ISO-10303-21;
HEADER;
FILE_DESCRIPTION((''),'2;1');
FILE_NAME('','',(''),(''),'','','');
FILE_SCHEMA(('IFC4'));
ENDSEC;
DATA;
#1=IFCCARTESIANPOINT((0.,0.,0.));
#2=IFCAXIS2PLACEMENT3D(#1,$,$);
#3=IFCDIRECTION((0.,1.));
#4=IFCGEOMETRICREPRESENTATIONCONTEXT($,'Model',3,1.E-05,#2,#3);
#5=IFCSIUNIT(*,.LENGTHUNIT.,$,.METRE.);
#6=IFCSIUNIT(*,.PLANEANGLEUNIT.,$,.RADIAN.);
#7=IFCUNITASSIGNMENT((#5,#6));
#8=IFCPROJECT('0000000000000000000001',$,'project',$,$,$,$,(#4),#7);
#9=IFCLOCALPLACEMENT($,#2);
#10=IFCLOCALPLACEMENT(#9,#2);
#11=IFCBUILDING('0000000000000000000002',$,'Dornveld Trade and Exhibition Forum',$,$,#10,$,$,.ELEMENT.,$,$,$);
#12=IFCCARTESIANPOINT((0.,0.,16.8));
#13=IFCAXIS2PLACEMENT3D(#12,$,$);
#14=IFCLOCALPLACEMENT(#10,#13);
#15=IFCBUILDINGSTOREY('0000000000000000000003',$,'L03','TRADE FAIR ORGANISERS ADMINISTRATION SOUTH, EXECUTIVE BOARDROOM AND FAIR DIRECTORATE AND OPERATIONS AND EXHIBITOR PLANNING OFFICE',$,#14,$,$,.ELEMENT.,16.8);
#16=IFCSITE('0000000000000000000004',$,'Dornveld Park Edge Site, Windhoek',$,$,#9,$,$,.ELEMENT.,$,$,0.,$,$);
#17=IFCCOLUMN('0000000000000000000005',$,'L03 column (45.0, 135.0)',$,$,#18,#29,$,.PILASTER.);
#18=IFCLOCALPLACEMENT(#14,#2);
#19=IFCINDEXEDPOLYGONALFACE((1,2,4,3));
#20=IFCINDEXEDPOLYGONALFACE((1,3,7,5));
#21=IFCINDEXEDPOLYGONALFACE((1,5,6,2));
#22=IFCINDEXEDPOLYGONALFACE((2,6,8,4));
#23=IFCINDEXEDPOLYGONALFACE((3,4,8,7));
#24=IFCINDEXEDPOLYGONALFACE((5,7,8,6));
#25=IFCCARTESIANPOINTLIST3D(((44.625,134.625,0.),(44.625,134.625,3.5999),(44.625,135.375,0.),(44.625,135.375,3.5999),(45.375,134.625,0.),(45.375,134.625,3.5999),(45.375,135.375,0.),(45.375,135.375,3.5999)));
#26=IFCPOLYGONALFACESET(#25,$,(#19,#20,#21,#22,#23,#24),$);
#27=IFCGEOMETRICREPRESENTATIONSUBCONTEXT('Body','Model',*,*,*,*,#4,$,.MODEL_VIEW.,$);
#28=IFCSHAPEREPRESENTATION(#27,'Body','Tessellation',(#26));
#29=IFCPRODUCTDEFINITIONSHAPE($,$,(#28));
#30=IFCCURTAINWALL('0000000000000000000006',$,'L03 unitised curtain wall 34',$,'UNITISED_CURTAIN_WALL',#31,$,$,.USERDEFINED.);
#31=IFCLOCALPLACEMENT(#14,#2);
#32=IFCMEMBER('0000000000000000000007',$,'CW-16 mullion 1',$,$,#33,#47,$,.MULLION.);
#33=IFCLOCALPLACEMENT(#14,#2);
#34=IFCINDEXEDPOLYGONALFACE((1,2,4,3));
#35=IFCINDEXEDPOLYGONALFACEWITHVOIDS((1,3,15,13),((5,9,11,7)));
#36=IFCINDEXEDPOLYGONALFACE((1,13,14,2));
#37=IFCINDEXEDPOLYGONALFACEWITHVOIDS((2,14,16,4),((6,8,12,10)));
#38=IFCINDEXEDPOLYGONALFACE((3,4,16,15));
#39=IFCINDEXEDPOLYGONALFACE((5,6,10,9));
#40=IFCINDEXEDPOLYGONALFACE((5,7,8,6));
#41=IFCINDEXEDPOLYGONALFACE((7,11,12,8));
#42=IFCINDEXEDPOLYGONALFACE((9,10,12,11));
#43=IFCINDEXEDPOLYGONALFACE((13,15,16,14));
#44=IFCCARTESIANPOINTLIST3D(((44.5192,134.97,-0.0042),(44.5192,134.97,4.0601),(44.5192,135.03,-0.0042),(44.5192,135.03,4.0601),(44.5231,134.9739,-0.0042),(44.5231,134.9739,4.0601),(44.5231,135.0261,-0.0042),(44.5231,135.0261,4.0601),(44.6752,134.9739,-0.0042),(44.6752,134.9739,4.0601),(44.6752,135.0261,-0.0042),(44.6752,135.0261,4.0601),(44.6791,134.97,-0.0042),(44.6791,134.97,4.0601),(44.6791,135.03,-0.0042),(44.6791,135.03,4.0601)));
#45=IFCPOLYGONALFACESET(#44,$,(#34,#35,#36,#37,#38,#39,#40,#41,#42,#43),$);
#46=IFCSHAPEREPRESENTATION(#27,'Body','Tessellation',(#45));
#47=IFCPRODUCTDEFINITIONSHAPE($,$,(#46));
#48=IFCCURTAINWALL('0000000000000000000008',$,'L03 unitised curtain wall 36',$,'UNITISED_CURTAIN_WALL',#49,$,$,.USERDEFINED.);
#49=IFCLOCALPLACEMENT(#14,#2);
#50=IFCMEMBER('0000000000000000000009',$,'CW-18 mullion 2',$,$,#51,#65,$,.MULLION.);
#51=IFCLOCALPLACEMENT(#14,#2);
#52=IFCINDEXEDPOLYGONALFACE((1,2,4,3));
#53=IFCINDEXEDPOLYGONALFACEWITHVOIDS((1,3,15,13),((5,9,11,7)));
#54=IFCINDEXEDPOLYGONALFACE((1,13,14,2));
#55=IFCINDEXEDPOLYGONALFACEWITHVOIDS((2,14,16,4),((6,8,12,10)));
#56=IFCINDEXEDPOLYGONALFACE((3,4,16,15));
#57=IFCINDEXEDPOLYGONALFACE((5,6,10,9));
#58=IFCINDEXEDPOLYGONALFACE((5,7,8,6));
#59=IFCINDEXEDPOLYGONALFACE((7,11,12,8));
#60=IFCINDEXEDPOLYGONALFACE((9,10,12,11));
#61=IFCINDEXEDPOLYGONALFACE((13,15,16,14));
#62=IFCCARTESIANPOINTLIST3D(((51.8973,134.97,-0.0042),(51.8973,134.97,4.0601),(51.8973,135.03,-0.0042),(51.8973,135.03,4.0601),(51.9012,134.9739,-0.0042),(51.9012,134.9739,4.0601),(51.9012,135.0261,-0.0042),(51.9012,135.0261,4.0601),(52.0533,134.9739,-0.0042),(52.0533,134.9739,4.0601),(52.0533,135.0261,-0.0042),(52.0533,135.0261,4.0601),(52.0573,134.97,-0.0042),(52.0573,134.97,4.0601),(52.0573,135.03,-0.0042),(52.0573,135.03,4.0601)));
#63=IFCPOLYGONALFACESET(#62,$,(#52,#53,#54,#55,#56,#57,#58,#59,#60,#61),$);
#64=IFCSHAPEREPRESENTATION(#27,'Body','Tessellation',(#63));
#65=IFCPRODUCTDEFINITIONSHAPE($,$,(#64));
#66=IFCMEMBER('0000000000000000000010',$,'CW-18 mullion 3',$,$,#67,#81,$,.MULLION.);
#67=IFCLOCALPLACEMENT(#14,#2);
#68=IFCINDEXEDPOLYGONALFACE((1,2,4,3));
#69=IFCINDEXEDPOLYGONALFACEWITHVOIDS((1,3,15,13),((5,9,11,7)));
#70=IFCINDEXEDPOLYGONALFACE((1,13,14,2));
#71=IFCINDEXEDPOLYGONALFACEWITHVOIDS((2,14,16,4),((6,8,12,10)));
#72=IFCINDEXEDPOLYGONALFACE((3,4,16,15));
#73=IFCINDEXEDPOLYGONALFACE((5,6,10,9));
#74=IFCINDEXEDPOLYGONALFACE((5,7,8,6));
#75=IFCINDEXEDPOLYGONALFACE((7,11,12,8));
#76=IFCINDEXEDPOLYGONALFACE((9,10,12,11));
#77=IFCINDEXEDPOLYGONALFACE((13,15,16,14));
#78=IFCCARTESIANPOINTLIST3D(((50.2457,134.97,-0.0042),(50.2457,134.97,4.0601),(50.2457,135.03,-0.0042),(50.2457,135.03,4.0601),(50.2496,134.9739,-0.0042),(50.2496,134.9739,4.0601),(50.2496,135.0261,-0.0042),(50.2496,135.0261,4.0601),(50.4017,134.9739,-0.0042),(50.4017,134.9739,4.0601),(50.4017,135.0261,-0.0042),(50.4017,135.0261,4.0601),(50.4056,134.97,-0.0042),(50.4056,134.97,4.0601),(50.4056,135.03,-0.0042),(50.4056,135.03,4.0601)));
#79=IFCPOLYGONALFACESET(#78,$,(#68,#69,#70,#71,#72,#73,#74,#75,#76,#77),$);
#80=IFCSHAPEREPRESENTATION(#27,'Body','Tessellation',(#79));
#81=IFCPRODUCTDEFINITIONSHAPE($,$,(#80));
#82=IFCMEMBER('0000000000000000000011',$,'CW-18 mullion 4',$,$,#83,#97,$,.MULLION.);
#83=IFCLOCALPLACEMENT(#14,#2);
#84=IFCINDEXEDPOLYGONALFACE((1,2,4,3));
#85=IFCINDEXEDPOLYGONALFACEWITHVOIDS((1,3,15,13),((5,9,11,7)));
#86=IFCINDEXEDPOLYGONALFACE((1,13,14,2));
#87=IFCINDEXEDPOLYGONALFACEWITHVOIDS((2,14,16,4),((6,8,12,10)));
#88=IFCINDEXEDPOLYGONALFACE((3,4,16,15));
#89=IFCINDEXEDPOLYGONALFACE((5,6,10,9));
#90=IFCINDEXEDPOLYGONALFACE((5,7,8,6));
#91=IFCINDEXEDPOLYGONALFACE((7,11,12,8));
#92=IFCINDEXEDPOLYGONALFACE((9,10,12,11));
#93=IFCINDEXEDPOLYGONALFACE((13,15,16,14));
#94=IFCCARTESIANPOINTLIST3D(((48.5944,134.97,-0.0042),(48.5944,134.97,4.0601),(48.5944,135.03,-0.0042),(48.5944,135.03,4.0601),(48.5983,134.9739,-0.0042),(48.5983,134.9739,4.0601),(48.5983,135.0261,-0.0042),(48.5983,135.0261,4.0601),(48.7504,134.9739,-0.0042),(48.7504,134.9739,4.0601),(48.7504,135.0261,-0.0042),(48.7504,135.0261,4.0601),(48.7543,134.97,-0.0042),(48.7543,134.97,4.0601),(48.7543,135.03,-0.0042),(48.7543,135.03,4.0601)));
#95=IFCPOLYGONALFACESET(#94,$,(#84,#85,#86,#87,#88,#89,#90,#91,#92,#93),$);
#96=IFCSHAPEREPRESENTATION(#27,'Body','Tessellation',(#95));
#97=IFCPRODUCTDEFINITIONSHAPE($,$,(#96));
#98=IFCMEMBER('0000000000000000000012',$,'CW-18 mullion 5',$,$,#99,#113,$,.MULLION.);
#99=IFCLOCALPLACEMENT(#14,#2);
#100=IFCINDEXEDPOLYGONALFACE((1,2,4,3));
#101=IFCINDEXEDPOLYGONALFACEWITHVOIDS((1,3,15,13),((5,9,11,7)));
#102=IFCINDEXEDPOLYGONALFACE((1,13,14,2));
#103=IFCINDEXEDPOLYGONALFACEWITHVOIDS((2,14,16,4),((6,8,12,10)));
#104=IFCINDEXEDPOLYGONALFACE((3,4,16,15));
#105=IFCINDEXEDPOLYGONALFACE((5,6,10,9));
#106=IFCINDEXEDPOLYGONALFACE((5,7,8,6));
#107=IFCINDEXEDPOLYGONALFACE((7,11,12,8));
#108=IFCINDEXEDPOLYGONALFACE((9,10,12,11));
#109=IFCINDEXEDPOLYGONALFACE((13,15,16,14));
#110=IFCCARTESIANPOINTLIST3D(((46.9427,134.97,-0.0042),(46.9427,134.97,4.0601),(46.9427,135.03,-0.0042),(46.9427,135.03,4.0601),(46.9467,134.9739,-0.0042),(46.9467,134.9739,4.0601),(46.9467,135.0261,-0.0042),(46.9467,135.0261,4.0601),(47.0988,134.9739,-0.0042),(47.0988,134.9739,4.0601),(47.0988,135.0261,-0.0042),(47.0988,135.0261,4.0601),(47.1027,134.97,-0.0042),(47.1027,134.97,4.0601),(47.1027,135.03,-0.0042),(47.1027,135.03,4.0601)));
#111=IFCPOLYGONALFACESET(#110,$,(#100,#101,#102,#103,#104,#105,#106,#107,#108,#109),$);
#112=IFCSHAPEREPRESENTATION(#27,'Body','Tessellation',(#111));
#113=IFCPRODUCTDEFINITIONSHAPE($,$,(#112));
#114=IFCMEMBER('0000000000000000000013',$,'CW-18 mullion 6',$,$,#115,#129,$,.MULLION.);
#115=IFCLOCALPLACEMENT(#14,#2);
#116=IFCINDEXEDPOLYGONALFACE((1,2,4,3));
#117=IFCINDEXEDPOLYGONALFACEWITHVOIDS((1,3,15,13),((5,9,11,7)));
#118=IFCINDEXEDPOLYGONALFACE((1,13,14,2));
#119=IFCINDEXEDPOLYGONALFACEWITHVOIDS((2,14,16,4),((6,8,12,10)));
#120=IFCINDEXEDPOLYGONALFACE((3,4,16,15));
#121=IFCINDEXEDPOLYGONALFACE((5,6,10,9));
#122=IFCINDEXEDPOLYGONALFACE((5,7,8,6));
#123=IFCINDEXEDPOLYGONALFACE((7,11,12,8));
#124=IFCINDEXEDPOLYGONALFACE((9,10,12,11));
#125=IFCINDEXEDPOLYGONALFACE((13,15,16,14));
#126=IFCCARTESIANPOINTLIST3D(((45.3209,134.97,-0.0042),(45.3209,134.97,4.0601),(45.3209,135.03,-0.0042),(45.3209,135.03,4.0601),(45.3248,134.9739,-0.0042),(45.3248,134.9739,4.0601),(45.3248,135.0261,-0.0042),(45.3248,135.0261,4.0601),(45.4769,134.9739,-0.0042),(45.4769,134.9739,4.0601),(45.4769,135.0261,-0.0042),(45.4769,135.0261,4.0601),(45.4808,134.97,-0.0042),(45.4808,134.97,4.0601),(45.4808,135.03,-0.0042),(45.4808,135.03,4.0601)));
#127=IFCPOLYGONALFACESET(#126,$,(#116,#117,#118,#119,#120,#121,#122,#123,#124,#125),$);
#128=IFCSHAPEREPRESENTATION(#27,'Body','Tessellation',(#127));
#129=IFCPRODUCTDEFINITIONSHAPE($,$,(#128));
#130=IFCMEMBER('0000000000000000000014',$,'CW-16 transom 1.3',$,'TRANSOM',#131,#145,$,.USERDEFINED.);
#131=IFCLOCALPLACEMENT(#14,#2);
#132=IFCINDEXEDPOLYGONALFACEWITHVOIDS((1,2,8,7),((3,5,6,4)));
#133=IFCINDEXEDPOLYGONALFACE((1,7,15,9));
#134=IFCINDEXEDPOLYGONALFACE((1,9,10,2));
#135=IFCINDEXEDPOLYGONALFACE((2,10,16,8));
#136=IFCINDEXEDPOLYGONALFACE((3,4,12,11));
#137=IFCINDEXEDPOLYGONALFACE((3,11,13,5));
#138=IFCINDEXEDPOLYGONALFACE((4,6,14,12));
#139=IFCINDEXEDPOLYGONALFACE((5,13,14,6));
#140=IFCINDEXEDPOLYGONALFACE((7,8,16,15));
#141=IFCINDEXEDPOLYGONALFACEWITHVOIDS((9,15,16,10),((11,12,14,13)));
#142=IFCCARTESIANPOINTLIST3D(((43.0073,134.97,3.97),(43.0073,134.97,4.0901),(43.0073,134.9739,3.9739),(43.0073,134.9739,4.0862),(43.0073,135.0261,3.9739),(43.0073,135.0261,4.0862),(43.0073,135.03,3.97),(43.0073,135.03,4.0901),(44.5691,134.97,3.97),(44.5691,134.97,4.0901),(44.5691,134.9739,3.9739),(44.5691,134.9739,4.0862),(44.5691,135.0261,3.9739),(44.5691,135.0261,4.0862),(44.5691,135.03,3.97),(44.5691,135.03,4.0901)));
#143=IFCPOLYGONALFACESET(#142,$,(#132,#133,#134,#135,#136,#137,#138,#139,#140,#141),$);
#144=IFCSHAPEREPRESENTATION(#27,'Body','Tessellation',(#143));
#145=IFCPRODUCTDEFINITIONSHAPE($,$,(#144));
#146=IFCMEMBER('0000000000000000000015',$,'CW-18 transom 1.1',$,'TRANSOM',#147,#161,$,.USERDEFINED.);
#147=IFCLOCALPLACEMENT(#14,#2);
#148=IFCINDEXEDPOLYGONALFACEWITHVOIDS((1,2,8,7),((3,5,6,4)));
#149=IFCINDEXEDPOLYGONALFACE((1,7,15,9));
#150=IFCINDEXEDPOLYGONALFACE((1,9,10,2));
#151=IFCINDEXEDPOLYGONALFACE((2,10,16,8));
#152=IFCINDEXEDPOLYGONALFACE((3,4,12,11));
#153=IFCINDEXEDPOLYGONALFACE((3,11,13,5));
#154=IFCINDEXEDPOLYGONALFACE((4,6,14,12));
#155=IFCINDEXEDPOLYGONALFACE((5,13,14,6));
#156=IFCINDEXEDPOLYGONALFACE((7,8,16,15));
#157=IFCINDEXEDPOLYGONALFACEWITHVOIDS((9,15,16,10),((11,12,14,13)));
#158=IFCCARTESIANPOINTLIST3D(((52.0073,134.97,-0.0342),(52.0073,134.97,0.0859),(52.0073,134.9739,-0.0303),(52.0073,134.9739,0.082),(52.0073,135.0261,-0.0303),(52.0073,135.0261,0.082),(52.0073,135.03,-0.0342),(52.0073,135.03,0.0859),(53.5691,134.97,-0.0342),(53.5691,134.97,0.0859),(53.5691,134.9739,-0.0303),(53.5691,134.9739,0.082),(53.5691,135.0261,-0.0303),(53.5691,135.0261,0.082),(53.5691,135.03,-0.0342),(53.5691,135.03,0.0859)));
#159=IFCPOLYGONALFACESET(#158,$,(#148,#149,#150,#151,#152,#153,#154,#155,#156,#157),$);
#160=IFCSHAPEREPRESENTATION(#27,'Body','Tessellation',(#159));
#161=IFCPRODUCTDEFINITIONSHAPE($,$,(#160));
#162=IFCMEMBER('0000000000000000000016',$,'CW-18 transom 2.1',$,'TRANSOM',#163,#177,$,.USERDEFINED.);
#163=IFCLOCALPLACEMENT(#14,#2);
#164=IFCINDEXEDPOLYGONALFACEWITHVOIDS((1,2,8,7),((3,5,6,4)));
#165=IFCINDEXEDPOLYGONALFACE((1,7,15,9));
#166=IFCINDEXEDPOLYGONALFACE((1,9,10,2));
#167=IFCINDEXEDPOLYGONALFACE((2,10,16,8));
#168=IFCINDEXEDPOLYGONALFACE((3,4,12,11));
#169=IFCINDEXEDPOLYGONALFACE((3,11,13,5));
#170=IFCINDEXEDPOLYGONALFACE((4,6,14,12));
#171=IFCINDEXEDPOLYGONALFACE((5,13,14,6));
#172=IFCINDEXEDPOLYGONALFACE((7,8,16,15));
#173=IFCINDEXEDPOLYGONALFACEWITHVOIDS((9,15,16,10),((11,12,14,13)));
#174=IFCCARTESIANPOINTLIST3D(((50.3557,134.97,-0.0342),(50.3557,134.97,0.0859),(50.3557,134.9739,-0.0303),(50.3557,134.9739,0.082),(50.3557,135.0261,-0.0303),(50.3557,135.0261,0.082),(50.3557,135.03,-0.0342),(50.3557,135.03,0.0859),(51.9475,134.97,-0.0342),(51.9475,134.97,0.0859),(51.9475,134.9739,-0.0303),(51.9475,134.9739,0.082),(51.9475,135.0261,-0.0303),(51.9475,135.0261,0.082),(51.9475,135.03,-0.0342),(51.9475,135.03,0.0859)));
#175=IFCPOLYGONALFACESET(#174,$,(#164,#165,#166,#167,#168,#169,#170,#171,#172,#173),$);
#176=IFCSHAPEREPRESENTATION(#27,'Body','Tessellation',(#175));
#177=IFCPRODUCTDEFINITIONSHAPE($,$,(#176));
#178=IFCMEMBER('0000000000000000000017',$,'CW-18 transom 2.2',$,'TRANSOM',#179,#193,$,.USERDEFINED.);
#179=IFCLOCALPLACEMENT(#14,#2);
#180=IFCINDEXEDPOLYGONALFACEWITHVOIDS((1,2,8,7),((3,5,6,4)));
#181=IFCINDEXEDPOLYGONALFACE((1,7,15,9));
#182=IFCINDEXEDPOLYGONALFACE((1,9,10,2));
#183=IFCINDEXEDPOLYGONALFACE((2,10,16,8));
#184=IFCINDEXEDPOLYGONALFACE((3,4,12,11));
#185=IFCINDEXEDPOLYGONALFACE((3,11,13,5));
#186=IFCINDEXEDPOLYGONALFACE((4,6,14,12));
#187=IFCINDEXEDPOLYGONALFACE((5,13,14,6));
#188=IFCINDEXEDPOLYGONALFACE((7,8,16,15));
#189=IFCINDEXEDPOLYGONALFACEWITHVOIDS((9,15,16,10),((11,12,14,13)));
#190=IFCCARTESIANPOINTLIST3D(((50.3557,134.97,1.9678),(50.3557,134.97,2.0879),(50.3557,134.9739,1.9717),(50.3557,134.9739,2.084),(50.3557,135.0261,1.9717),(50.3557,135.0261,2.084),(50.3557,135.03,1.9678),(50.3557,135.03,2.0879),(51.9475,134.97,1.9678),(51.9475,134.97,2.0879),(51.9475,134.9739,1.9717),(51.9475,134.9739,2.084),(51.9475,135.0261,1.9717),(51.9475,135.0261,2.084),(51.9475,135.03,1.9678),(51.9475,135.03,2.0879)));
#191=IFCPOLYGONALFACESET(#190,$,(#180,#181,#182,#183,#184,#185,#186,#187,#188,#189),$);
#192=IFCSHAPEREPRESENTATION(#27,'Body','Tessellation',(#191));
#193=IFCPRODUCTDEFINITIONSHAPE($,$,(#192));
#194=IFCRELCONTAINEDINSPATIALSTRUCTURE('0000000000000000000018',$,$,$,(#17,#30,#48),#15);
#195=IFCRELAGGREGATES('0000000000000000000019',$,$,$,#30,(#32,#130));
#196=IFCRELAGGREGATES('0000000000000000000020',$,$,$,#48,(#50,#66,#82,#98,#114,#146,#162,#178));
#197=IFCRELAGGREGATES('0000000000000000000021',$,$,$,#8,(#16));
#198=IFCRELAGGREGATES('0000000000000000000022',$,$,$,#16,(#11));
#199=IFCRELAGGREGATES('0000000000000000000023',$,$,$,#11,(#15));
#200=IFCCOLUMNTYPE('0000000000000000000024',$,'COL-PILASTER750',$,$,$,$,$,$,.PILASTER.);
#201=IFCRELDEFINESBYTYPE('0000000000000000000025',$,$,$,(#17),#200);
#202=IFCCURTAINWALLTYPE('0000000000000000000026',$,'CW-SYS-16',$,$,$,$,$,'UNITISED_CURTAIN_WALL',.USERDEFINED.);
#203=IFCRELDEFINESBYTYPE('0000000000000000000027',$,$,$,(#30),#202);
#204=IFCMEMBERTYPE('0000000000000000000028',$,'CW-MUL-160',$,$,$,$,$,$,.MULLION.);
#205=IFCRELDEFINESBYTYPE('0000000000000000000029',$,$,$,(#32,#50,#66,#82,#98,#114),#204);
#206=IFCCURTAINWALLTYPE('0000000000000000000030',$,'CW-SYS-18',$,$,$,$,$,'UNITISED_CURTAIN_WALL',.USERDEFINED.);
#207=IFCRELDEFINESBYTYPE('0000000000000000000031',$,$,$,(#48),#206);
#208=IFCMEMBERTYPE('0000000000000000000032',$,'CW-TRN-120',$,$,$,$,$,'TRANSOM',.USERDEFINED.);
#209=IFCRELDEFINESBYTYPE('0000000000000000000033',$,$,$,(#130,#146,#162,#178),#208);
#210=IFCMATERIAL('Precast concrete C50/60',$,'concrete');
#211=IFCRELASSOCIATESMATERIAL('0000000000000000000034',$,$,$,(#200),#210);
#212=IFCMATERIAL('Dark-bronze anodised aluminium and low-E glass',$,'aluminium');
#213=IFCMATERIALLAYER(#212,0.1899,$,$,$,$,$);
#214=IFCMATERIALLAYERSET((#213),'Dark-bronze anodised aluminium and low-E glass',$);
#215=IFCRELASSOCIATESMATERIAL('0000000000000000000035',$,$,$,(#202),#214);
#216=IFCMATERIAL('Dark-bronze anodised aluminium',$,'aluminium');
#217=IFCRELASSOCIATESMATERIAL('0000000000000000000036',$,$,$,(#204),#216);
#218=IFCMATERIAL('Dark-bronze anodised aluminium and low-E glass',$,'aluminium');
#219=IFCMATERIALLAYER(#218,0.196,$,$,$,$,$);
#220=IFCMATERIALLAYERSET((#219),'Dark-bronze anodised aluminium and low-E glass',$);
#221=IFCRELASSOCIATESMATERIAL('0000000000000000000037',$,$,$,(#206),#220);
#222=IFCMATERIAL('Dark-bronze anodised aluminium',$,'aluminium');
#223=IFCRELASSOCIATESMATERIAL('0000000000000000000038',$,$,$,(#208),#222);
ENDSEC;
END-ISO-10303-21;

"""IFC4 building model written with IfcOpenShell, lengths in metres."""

from ifc_helpers import new_model, si_unit, direction, frame, origin, origin_2d, place, context, subcontext, project, spatial, rectangle, hollow_rectangle, extrude, material, layer, layer_set, material_profile, profile_set, type_object, element, aggregate, save


model = new_model("IFC4")

# Units and contexts
model_context = context("Model", 3, precision=1e-05, world=origin(), true_north=direction((0.0, 1.0)))
body_context = subcontext(model_context, "Body", "Model", "MODEL_VIEW")
ifc_project = project(units=[si_unit("LENGTHUNIT", "METRE"), si_unit("PLANEANGLEUNIT", "RADIAN")], contexts=[model_context])

# Site, building, storey
site_placement = place(None, origin())
site = spatial("IfcSite", under=ifc_project, at=site_placement, Name="Dornveld Park Edge Site, Windhoek", CompositionType="ELEMENT", RefElevation=0.0)
building_placement = place(site_placement, origin())
building = spatial("IfcBuilding", under=site, at=building_placement, Name="Dornveld Trade and Exhibition Forum", CompositionType="ELEMENT")
storey_placement = place(building_placement, frame((0.0, 0.0, 16.8)))
storey = spatial("IfcBuildingStorey", under=building, at=storey_placement, Name="L03", Description="TRADE FAIR ORGANISERS ADMINISTRATION SOUTH, EXECUTIVE BOARDROOM AND FAIR DIRECTORATE AND OPERATIONS AND EXHIBITOR PLANNING OFFICE", CompositionType="ELEMENT", Elevation=16.8)

# Column
ifc_material_1 = material(Name="Precast concrete C50/60", Category="concrete")
ifc_material_profile_1 = material_profile(ifc_material_1, rectangle(XDim=0.75, YDim=0.75, at=origin_2d()), Name="PC-COL 750x750")
ifc_profile_set_1 = profile_set([ifc_material_profile_1], Name="Precast concrete C50/60")
column_type = type_object("IfcColumnType", Name="COL-PILASTER750", PredefinedType="PILASTER", material=ifc_profile_set_1)
column_placement = place(storey_placement, frame((45.0, 135.0, 0.0), z_axis=(0.0, 0.0, 1.0), x_axis=(1.0, 0.0, 0.0)))
element("IfcColumn", 1, at=column_placement, inside=storey, type_object=column_type, Name="L03 column (45.0, 135.0)", PredefinedType="PILASTER", context=body_context, shape_type="SweptSolid", body=[
    extrude(rectangle(XDim=0.75, YDim=0.75, at=origin_2d()), origin(), (0.0, 0.0, 1.0), 3.5999),
])

# Curtain wall, member
ifc_material_2 = material(Name="Dark-bronze anodised aluminium and low-E glass", Category="aluminium")
ifc_layer_1 = layer(ifc_material_2, 0.1899)
ifc_layer_set_1 = layer_set([ifc_layer_1], Name="Dark-bronze anodised aluminium and low-E glass")
curtain_wall_type_1 = type_object("IfcCurtainWallType", Name="CW-SYS-16", ElementType="UNITISED_CURTAIN_WALL", PredefinedType="USERDEFINED", material=ifc_layer_set_1)
curtain_wall_1_placement = place(storey_placement, origin())
curtain_wall_1 = element("IfcCurtainWall", 2, at=curtain_wall_1_placement, inside=storey, type_object=curtain_wall_type_1, Name="L03 unitised curtain wall 34", ObjectType="UNITISED_CURTAIN_WALL", PredefinedType="USERDEFINED")
ifc_material_3 = material(Name="Dark-bronze anodised aluminium", Category="aluminium")
ifc_material_profile_2 = material_profile(ifc_material_3, hollow_rectangle(XDim=0.0601, YDim=0.1599, WallThickness=0.0039, at=origin_2d()), Name="RHS 160x60x4")
ifc_profile_set_2 = profile_set([ifc_material_profile_2], Name="Dark-bronze anodised aluminium")
member_type_1 = type_object("IfcMemberType", Name="CW-MUL-160", PredefinedType="MULLION", material=ifc_profile_set_2)
member_1_placement = place(storey_placement, frame((44.5991, 135.0, -0.0042), z_axis=(0.0, 0.0, 1.0), x_axis=(0.0, -1.0, 0.0)))
member_1 = element("IfcMember", 3, at=member_1_placement, type_object=member_type_1, Name="CW-16 mullion 1", PredefinedType="MULLION", context=body_context, shape_type="SweptSolid", body=[
    extrude(hollow_rectangle(XDim=0.0601, YDim=0.1599, WallThickness=0.0039, at=origin_2d()), origin(), (0.0, 0.0, 1.0), 4.0642),
])

# Curtain wall, members
ifc_material_4 = material(Name="Dark-bronze anodised aluminium and low-E glass", Category="aluminium")
ifc_layer_2 = layer(ifc_material_4, 0.196)
ifc_layer_set_2 = layer_set([ifc_layer_2], Name="Dark-bronze anodised aluminium and low-E glass")
curtain_wall_type_2 = type_object("IfcCurtainWallType", Name="CW-SYS-18", ElementType="UNITISED_CURTAIN_WALL", PredefinedType="USERDEFINED", material=ifc_layer_set_2)
curtain_wall_2_placement = place(storey_placement, origin())
curtain_wall_2 = element("IfcCurtainWall", 4, at=curtain_wall_2_placement, inside=storey, type_object=curtain_wall_type_2, Name="L03 unitised curtain wall 36", ObjectType="UNITISED_CURTAIN_WALL", PredefinedType="USERDEFINED")
member_2_placement = place(storey_placement, frame((51.9773, 135.0, -0.0042), z_axis=(0.0, 0.0, 1.0), x_axis=(0.0, -1.0, 0.0)))
member_2 = element("IfcMember", 5, at=member_2_placement, type_object=member_type_1, Name="CW-18 mullion 2", PredefinedType="MULLION", context=body_context, shape_type="SweptSolid", body=[
    extrude(hollow_rectangle(XDim=0.0601, YDim=0.1599, WallThickness=0.0039, at=origin_2d()), origin(), (0.0, 0.0, 1.0), 4.0642),
])
member_3_placement = place(storey_placement, frame((50.3257, 135.0, -0.0042), z_axis=(0.0, 0.0, 1.0), x_axis=(0.0, -1.0, 0.0)))
member_3 = element("IfcMember", 6, at=member_3_placement, type_object=member_type_1, Name="CW-18 mullion 3", PredefinedType="MULLION", context=body_context, shape_type="SweptSolid", body=[
    extrude(hollow_rectangle(XDim=0.0601, YDim=0.1599, WallThickness=0.0039, at=origin_2d()), origin(), (0.0, 0.0, 1.0), 4.0642),
])
member_4_placement = place(storey_placement, frame((48.6743, 135.0, -0.0042), z_axis=(0.0, 0.0, 1.0), x_axis=(0.0, -1.0, 0.0)))
member_4 = element("IfcMember", 7, at=member_4_placement, type_object=member_type_1, Name="CW-18 mullion 4", PredefinedType="MULLION", context=body_context, shape_type="SweptSolid", body=[
    extrude(hollow_rectangle(XDim=0.0601, YDim=0.1599, WallThickness=0.0039, at=origin_2d()), origin(), (0.0, 0.0, 1.0), 4.0642),
])
member_5_placement = place(storey_placement, frame((47.0227, 135.0, -0.0042), z_axis=(0.0, 0.0, 1.0), x_axis=(0.0, -1.0, 0.0)))
member_5 = element("IfcMember", 8, at=member_5_placement, type_object=member_type_1, Name="CW-18 mullion 5", PredefinedType="MULLION", context=body_context, shape_type="SweptSolid", body=[
    extrude(hollow_rectangle(XDim=0.0601, YDim=0.1599, WallThickness=0.0039, at=origin_2d()), origin(), (0.0, 0.0, 1.0), 4.0642),
])
member_6_placement = place(storey_placement, frame((45.4009, 135.0, -0.0042), z_axis=(0.0, 0.0, 1.0), x_axis=(0.0, -1.0, 0.0)))
member_6 = element("IfcMember", 9, at=member_6_placement, type_object=member_type_1, Name="CW-18 mullion 6", PredefinedType="MULLION", context=body_context, shape_type="SweptSolid", body=[
    extrude(hollow_rectangle(XDim=0.0601, YDim=0.1599, WallThickness=0.0039, at=origin_2d()), origin(), (0.0, 0.0, 1.0), 4.0642),
])

# Members
ifc_material_5 = material(Name="Dark-bronze anodised aluminium", Category="aluminium")
ifc_material_profile_3 = material_profile(ifc_material_5, hollow_rectangle(XDim=0.0601, YDim=0.1201, WallThickness=0.0039, at=origin_2d()), Name="RHS 120x60x4")
ifc_profile_set_3 = profile_set([ifc_material_profile_3], Name="Dark-bronze anodised aluminium")
member_type_2 = type_object("IfcMemberType", Name="CW-TRN-120", ElementType="TRANSOM", PredefinedType="USERDEFINED", material=ifc_profile_set_3)
member_7_placement = place(storey_placement, frame((44.5691, 135.0, 4.03), z_axis=(-1.0, 0.0, 0.0), x_axis=(0.0, -1.0, 0.0)))
member_7 = element("IfcMember", 10, at=member_7_placement, type_object=member_type_2, Name="CW-16 transom 1.3", ObjectType="TRANSOM", PredefinedType="USERDEFINED", context=body_context, shape_type="SweptSolid", body=[
    extrude(hollow_rectangle(XDim=0.0601, YDim=0.1201, WallThickness=0.0039, at=origin_2d()), origin(), (0.0, 0.0, 1.0), 1.5618),
])
aggregate(curtain_wall_1, [member_1, member_7])
member_8_placement = place(storey_placement, frame((53.5691, 135.0, 0.0259), z_axis=(-1.0, 0.0, 0.0), x_axis=(0.0, -1.0, 0.0)))
member_8 = element("IfcMember", 11, at=member_8_placement, type_object=member_type_2, Name="CW-18 transom 1.1", ObjectType="TRANSOM", PredefinedType="USERDEFINED", context=body_context, shape_type="SweptSolid", body=[
    extrude(hollow_rectangle(XDim=0.0601, YDim=0.1201, WallThickness=0.0039, at=origin_2d()), origin(), (0.0, 0.0, 1.0), 1.5618),
])
member_9_placement = place(storey_placement, frame((51.9475, 135.0, 0.0259), z_axis=(-1.0, 0.0, 0.0), x_axis=(0.0, -1.0, 0.0)))
member_9 = element("IfcMember", 12, at=member_9_placement, type_object=member_type_2, Name="CW-18 transom 2.1", ObjectType="TRANSOM", PredefinedType="USERDEFINED", context=body_context, shape_type="SweptSolid", body=[
    extrude(hollow_rectangle(XDim=0.0601, YDim=0.1201, WallThickness=0.0039, at=origin_2d()), origin(), (0.0, 0.0, 1.0), 1.5918),
])
member_10_placement = place(storey_placement, frame((51.9475, 135.0, 2.0278), z_axis=(-1.0, 0.0, 0.0), x_axis=(0.0, -1.0, 0.0)))
member_10 = element("IfcMember", 13, at=member_10_placement, type_object=member_type_2, Name="CW-18 transom 2.2", ObjectType="TRANSOM", PredefinedType="USERDEFINED", context=body_context, shape_type="SweptSolid", body=[
    extrude(hollow_rectangle(XDim=0.0601, YDim=0.1201, WallThickness=0.0039, at=origin_2d()), origin(), (0.0, 0.0, 1.0), 1.5918),
])

aggregate(curtain_wall_2, [member_2, member_3, member_4, member_5, member_6, member_8, member_9, member_10])

save(model, "model.ifc")
